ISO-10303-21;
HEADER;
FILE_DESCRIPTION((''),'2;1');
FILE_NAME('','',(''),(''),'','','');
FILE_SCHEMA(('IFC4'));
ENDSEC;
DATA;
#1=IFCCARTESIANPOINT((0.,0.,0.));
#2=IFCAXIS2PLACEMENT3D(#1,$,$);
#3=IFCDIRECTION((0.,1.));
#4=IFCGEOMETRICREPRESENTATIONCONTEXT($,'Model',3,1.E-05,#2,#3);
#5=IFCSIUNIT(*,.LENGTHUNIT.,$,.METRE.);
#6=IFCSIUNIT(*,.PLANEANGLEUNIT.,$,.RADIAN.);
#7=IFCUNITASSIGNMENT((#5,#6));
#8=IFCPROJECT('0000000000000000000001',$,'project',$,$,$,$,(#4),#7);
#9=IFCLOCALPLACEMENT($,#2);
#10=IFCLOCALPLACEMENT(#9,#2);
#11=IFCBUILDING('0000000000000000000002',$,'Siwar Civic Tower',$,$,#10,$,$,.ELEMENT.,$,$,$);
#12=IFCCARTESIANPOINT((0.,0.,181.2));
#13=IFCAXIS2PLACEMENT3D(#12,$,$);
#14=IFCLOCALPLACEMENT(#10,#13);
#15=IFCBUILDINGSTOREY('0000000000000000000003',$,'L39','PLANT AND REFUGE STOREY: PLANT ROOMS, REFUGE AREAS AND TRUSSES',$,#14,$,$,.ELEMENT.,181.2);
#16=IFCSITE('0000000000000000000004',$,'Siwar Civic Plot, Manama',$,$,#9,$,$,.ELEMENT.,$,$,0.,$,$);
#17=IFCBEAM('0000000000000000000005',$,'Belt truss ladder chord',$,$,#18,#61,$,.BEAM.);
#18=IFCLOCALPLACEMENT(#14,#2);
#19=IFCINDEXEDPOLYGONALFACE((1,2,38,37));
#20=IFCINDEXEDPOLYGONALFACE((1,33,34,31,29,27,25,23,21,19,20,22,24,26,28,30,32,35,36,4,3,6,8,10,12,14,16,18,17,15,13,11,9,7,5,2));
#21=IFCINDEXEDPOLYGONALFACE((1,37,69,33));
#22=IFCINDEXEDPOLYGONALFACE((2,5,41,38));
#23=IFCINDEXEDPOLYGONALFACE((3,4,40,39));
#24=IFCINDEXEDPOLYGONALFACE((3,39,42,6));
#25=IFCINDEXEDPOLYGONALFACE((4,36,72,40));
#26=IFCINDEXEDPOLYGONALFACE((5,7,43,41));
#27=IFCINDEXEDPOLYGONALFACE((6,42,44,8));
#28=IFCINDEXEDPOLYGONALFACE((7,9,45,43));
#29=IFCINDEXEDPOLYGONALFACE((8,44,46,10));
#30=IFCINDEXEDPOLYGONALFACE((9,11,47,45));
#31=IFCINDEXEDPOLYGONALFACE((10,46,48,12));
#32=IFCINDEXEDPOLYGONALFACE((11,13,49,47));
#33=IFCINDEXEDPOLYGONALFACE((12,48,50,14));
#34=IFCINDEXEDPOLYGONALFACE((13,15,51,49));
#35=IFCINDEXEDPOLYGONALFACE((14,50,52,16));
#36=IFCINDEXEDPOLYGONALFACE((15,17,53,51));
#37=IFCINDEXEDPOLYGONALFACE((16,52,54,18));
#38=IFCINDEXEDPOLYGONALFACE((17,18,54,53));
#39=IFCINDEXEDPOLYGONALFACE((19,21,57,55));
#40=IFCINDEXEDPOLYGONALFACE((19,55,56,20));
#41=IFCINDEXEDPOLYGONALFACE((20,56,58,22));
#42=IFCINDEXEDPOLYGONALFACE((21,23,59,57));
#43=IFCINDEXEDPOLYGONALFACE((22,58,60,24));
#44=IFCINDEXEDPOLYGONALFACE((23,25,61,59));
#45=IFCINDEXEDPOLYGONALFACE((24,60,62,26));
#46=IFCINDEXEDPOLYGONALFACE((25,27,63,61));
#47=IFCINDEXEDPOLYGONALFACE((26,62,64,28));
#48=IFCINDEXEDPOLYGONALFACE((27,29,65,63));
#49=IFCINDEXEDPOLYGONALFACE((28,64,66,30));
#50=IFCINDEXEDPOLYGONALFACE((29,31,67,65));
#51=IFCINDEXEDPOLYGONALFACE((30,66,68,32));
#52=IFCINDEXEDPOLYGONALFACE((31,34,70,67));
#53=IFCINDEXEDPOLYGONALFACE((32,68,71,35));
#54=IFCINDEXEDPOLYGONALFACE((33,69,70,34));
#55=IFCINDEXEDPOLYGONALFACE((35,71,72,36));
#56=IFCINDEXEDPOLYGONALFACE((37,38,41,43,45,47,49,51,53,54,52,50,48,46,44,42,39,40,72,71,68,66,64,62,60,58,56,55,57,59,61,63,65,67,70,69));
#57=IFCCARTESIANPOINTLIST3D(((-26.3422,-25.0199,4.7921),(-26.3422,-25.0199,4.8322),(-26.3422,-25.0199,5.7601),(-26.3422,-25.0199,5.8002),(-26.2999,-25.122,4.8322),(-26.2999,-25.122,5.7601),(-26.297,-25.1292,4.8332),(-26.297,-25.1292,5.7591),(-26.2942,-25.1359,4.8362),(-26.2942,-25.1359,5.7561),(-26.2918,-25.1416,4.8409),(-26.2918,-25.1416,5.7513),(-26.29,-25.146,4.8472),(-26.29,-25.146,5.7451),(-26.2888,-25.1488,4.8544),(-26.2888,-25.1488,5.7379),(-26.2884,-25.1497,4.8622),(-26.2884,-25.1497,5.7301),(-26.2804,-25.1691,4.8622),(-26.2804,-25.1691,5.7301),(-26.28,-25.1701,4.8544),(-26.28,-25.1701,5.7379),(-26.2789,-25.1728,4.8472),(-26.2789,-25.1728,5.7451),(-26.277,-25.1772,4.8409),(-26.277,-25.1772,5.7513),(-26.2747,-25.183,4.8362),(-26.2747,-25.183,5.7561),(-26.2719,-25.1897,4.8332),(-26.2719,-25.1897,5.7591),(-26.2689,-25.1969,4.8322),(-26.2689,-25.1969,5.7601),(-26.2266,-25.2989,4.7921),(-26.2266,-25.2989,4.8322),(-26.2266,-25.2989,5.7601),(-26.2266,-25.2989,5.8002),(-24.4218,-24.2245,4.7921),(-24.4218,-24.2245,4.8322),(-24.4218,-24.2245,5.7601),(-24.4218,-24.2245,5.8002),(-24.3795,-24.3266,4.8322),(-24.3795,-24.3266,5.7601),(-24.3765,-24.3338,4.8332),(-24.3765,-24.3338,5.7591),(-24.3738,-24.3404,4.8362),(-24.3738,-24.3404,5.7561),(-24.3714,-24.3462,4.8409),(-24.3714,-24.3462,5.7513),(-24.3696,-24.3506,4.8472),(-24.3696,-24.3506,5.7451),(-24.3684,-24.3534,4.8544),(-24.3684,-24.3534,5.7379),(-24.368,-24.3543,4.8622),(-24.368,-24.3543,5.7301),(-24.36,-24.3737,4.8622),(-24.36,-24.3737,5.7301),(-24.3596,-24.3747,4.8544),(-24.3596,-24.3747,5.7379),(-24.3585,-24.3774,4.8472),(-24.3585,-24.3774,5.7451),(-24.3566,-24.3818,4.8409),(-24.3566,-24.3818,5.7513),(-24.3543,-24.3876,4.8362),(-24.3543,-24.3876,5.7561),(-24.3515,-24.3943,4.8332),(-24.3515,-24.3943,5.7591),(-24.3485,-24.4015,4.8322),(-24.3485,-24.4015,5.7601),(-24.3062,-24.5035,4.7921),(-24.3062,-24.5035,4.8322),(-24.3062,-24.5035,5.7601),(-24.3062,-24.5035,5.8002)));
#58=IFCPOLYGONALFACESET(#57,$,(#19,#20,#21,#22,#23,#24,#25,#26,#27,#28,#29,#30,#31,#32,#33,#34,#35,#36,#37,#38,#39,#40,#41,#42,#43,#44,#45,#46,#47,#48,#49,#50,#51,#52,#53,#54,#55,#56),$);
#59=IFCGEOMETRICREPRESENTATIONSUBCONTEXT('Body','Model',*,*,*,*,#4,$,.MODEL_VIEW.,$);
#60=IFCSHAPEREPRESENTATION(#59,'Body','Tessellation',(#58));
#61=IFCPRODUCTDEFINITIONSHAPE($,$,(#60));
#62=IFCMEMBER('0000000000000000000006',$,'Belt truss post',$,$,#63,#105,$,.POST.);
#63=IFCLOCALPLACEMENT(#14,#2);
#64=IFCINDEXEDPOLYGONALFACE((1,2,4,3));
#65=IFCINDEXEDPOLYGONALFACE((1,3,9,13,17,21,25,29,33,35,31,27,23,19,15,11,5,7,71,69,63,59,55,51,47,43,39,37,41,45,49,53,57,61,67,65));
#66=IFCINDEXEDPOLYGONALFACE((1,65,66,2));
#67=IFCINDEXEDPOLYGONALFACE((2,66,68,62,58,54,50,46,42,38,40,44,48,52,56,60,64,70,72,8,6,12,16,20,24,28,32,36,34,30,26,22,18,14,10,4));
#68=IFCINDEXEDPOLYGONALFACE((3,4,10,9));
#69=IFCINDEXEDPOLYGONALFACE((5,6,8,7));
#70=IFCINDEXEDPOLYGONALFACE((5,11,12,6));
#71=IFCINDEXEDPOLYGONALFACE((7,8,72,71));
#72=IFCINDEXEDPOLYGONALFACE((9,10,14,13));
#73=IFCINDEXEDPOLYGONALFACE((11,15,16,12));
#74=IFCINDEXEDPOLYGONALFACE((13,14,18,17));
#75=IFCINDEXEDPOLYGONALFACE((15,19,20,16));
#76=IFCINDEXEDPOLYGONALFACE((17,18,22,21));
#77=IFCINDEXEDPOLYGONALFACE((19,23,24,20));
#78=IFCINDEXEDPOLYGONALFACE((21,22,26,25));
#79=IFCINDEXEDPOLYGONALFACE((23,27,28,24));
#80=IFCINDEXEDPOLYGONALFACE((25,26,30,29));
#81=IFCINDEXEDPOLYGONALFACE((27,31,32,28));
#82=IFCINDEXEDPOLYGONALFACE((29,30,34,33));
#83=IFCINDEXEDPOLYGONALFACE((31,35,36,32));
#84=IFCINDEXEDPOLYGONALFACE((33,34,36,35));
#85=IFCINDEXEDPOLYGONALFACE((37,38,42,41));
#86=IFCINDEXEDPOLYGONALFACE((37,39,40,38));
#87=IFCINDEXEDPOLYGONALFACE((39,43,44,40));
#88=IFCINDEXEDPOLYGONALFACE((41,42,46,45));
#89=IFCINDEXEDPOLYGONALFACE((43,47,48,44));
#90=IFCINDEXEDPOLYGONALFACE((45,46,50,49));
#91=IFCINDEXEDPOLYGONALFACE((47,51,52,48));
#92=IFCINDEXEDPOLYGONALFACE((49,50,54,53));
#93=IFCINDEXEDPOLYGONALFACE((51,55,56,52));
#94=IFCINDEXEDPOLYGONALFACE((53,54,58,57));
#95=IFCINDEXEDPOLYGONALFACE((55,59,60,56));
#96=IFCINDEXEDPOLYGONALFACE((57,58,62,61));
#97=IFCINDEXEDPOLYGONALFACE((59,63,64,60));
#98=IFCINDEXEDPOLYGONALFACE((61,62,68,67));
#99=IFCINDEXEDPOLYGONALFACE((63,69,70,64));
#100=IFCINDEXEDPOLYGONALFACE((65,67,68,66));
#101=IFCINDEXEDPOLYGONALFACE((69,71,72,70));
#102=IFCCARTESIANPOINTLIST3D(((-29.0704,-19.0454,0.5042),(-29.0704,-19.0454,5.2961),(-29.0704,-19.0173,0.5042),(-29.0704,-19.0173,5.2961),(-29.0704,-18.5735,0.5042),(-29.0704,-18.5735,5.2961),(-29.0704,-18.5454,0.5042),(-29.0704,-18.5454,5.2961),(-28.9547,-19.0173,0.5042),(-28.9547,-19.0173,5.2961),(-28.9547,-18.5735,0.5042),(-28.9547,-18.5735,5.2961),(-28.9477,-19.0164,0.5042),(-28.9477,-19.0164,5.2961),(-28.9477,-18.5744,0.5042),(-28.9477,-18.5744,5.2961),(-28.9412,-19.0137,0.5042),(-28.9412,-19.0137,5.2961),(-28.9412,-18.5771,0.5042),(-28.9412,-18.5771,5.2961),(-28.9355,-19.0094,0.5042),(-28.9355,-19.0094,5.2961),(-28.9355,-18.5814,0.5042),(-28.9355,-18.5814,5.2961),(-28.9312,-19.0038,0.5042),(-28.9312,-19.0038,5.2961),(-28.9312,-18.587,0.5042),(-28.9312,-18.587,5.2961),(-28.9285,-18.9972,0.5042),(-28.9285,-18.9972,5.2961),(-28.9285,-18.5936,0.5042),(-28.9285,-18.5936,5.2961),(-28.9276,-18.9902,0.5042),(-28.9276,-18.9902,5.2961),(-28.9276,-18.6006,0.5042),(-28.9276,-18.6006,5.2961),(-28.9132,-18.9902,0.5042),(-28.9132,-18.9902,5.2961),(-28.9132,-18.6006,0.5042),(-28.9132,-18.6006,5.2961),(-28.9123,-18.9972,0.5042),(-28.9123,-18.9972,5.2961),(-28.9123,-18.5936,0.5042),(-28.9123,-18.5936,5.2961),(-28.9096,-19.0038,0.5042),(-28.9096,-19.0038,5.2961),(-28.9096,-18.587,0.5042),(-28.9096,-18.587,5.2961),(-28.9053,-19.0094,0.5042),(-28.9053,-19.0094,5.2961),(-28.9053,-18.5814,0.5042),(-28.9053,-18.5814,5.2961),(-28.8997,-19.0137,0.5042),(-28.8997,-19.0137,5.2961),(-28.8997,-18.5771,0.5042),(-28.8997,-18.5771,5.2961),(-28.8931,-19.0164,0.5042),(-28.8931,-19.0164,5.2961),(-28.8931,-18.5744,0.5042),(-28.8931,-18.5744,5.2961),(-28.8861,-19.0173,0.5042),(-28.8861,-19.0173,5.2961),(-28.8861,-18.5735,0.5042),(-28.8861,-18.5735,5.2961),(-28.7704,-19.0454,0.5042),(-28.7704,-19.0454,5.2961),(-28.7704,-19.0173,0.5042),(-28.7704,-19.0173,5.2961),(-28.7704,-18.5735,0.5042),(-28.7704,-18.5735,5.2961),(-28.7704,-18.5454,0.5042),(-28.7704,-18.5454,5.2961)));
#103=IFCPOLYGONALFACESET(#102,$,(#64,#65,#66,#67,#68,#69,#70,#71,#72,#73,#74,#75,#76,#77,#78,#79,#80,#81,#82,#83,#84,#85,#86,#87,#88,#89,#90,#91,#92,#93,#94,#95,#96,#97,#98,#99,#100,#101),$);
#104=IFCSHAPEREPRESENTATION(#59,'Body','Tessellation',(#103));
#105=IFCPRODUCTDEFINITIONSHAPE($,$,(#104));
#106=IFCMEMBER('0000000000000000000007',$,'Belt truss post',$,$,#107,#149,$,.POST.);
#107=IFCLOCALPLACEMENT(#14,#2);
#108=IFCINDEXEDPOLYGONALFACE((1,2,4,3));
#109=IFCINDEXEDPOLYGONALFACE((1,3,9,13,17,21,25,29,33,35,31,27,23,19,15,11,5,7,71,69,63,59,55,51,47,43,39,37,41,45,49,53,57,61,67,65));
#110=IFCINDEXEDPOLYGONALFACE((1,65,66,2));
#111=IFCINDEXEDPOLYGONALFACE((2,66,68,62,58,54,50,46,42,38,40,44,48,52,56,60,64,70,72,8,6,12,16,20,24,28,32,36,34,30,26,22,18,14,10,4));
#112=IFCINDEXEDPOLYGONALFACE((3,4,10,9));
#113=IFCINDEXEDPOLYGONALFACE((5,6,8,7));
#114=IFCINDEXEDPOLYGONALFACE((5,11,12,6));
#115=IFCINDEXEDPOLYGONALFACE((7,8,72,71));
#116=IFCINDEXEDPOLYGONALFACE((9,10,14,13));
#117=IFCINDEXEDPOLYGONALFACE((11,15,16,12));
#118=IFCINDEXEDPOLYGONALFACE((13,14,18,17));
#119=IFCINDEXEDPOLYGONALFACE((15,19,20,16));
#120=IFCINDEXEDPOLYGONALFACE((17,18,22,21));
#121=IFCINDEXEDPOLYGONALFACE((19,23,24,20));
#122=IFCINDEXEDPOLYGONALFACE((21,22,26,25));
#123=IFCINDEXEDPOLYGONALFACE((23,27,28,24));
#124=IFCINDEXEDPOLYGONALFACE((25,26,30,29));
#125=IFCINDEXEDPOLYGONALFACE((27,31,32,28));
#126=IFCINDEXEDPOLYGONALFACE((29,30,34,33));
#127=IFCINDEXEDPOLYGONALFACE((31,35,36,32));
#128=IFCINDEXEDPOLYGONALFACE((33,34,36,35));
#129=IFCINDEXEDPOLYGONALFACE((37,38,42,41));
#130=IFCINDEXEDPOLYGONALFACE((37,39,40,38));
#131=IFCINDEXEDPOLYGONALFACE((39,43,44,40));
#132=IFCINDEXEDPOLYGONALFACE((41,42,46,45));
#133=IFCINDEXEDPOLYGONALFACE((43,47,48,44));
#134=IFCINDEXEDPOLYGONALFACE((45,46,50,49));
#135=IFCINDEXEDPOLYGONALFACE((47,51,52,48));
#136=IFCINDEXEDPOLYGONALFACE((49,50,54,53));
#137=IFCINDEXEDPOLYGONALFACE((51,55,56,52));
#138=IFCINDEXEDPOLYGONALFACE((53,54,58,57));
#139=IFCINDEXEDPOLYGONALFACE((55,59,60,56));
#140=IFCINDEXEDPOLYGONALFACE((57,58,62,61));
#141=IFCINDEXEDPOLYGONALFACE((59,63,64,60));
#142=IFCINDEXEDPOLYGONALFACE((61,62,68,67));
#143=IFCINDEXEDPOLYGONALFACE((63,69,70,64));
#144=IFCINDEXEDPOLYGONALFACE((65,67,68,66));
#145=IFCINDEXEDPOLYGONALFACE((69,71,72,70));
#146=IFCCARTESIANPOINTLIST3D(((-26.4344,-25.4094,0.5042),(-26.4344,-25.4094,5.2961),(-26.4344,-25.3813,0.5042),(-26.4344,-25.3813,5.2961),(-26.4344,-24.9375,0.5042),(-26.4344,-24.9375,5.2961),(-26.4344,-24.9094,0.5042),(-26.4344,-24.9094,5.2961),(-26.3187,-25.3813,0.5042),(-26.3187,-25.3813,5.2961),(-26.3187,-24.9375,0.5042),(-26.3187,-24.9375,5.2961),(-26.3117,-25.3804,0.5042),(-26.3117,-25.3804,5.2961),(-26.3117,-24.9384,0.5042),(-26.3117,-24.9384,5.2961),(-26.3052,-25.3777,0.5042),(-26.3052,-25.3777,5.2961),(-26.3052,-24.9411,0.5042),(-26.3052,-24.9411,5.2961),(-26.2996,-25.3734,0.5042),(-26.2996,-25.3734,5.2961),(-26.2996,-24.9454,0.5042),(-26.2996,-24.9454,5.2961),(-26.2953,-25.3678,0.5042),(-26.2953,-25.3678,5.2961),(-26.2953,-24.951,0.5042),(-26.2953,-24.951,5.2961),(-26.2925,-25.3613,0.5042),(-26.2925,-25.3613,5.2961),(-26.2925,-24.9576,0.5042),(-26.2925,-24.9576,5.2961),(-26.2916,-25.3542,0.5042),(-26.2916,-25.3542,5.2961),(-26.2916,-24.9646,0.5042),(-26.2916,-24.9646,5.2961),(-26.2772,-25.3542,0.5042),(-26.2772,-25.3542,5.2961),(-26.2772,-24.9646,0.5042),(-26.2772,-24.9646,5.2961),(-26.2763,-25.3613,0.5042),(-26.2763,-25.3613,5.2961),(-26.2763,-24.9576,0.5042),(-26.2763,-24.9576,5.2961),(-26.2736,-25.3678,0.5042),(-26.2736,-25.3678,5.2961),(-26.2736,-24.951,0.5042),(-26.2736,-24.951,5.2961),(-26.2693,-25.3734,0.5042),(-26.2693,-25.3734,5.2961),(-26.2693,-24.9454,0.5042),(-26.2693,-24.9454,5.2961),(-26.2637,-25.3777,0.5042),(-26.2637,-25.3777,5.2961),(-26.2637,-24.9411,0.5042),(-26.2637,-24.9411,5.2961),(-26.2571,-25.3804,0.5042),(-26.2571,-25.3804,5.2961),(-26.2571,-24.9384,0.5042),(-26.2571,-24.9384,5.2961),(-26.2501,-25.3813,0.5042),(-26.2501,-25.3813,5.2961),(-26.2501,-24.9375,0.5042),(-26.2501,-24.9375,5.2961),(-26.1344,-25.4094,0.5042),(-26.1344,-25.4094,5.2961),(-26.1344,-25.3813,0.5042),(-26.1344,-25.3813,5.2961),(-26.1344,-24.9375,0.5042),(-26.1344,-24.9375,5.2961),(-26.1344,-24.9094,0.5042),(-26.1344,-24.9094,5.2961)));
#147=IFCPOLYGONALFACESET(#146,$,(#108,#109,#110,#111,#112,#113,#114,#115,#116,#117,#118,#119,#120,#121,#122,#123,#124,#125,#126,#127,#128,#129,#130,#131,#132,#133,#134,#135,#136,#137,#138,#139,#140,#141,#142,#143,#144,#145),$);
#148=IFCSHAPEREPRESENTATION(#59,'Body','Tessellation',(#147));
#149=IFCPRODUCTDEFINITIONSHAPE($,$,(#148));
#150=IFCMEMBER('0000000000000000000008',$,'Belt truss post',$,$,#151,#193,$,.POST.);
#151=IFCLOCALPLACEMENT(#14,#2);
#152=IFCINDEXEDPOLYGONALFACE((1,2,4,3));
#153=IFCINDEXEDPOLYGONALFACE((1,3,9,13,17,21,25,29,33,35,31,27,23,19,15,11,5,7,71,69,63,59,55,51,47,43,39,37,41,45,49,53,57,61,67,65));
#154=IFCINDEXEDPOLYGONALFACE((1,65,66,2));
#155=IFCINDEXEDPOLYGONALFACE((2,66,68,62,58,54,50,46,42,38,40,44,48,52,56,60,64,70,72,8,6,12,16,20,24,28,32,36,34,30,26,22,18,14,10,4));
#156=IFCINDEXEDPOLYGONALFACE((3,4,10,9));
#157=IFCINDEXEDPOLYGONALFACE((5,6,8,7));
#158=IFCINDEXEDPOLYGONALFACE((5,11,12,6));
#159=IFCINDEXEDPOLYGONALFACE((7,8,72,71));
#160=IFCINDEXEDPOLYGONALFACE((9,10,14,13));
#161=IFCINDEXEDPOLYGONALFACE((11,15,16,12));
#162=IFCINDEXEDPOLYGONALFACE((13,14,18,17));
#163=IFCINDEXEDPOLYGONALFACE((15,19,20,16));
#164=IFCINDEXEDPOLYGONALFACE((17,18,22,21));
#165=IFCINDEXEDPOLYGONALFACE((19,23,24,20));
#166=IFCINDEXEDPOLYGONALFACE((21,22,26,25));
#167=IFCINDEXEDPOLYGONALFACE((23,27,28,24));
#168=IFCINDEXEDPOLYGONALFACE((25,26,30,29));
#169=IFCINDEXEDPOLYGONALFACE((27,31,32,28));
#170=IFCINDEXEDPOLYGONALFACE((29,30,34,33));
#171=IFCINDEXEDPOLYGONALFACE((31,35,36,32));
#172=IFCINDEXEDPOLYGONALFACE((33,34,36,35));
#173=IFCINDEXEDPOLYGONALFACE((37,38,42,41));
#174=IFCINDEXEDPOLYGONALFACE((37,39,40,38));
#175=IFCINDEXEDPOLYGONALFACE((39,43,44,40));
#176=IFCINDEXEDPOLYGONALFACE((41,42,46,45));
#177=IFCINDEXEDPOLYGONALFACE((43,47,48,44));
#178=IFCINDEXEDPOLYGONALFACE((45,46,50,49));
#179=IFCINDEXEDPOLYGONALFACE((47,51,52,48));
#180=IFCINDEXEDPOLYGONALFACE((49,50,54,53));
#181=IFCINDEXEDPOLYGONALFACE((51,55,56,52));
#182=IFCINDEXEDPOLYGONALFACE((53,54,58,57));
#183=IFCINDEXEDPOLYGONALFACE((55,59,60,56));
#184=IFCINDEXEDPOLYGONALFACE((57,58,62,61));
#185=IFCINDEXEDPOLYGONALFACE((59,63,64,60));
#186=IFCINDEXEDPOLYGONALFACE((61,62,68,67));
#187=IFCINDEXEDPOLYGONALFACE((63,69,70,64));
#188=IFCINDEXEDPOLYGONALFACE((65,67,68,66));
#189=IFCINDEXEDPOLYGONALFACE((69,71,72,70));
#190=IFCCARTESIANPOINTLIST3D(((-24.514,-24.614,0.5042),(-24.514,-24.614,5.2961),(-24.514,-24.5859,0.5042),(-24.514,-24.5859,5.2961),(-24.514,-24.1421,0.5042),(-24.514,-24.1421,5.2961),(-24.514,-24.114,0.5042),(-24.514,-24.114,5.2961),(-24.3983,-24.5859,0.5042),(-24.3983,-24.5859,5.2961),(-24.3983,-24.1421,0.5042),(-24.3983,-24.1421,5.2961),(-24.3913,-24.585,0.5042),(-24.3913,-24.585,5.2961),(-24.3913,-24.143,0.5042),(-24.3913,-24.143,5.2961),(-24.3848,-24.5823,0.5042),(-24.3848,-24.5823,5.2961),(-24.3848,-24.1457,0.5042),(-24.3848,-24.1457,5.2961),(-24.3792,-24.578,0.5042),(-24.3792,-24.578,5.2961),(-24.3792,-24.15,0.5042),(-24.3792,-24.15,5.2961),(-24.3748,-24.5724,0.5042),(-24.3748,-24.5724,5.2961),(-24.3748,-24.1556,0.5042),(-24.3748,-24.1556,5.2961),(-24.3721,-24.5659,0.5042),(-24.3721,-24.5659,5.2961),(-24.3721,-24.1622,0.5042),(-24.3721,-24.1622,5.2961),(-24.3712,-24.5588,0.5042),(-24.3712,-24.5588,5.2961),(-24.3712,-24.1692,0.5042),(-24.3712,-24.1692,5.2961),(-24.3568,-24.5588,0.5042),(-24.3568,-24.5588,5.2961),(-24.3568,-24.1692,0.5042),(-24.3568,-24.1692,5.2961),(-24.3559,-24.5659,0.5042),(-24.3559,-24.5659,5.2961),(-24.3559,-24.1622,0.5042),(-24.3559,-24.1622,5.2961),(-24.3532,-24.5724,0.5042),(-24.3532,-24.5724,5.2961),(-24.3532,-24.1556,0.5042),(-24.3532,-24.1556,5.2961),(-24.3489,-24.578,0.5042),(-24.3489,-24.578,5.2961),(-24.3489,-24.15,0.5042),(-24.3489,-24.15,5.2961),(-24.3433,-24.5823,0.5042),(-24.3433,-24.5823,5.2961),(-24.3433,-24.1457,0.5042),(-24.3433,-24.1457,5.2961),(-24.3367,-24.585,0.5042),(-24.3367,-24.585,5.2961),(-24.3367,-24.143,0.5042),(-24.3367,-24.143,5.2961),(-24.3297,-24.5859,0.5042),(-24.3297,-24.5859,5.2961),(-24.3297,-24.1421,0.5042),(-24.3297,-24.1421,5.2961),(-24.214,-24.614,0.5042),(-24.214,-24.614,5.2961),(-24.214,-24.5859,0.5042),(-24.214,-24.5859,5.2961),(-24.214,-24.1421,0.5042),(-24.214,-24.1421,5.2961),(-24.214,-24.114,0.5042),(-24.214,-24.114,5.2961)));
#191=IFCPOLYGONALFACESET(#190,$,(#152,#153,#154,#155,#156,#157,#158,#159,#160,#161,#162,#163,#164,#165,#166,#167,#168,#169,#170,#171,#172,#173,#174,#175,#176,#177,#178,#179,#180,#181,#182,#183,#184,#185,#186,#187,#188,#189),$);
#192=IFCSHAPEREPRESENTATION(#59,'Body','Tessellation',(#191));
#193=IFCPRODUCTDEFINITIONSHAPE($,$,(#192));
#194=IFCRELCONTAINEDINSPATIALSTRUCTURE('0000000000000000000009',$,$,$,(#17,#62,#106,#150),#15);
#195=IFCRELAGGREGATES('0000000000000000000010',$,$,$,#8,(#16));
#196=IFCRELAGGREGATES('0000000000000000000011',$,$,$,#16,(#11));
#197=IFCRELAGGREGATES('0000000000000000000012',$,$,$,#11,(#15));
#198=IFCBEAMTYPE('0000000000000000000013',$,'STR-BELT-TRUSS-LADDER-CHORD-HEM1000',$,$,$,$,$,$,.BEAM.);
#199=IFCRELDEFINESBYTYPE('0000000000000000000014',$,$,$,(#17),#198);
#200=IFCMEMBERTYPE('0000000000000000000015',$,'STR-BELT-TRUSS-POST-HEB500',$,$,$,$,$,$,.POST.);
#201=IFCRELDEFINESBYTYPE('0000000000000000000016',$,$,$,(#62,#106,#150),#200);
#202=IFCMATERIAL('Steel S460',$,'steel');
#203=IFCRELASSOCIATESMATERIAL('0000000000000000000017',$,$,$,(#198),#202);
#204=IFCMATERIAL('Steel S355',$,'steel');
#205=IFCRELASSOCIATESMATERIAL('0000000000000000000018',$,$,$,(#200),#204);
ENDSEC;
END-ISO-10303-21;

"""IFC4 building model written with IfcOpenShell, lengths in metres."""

from ifc_helpers import new_model, si_unit, direction, frame, origin, origin_2d, place, context, subcontext, project, spatial, i_section, extrude, material, material_profile, profile_set, type_object, element, save


model = new_model("IFC4")

# Units and contexts
model_context = context("Model", 3, precision=1e-05, world=origin(), true_north=direction((0.0, 1.0)))
body_context = subcontext(model_context, "Body", "Model", "MODEL_VIEW")
ifc_project = project(units=[si_unit("LENGTHUNIT", "METRE"), si_unit("PLANEANGLEUNIT", "RADIAN")], contexts=[model_context])

# Site, building, storey
site_placement = place(None, origin())
site = spatial("IfcSite", under=ifc_project, at=site_placement, Name="Siwar Civic Plot, Manama", CompositionType="ELEMENT", RefElevation=0.0)
building_placement = place(site_placement, origin())
building = spatial("IfcBuilding", under=site, at=building_placement, Name="Siwar Civic Tower", CompositionType="ELEMENT")
storey_placement = place(building_placement, frame((0.0, 0.0, 181.2)))
storey = spatial("IfcBuildingStorey", under=building, at=storey_placement, Name="L39", Description="PLANT AND REFUGE STOREY: PLANT ROOMS, REFUGE AREAS AND TRUSSES", CompositionType="ELEMENT", Elevation=181.2)

# Beam
ifc_material_1 = material(Name="Steel S460", Category="steel")
ifc_material_profile_1 = material_profile(ifc_material_1, i_section(OverallWidth=0.302, OverallDepth=1.0081, WebThickness=0.021, FlangeThickness=0.04, FilletRadius=0.03, at=origin_2d()), Name="HEM1000")
ifc_profile_set_1 = profile_set([ifc_material_profile_1], Name="Steel S460")
beam_type_1 = type_object("IfcBeamType", Name="STR-BELT-TRUSS-LADDER-CHORD-HEM1000", PredefinedType="BEAM", material=ifc_profile_set_1)
for number, where, z_axis, x_axis, name in (
    (1, (-24.364, -24.364, 5.2961), (-0.923888, -0.382663, 0.0), (0.382663, -0.923888, 0.0), "Belt truss ladder chord"),
):
    element("IfcBeam", number, at=place(storey_placement, frame(where, z_axis=z_axis, x_axis=x_axis)), inside=storey, type_object=beam_type_1, Name=name, PredefinedType="BEAM", context=body_context, shape_type="SweptSolid", body=[
        extrude(i_section(OverallWidth=0.302, OverallDepth=1.0081, WebThickness=0.021, FlangeThickness=0.04, FilletRadius=0.03, at=origin_2d()), origin(), (0.0, 0.0, 1.0), 2.0786),
    ])

# Members
ifc_material_2 = material(Name="Steel S355", Category="steel")
ifc_material_profile_2 = material_profile(ifc_material_2, i_section(OverallWidth=0.3, OverallDepth=0.5, WebThickness=0.0144, FlangeThickness=0.0281, FilletRadius=0.0271, at=origin_2d()), Name="HEB500")
ifc_profile_set_2 = profile_set([ifc_material_profile_2], Name="Steel S355")
member_type_1 = type_object("IfcMemberType", Name="STR-BELT-TRUSS-POST-HEB500", PredefinedType="POST", material=ifc_profile_set_2)
for number, where, z_axis, x_axis, name in (
    (2, (-28.9204, -18.7954, 0.5042), (0.0, 0.0, 1.0), (1.0, 0.0, 0.0), "Belt truss post"),
    (3, (-26.2844, -25.1594, 0.5042), (0.0, 0.0, 1.0), (1.0, 0.0, 0.0), "Belt truss post"),
    (4, (-24.364, -24.364, 0.5042), (0.0, 0.0, 1.0), (1.0, 0.0, 0.0), "Belt truss post"),
):
    element("IfcMember", number, at=place(storey_placement, frame(where, z_axis=z_axis, x_axis=x_axis)), inside=storey, type_object=member_type_1, Name=name, PredefinedType="POST", context=body_context, shape_type="SweptSolid", body=[
        extrude(i_section(OverallWidth=0.3, OverallDepth=0.5, WebThickness=0.0144, FlangeThickness=0.0281, FilletRadius=0.0271, at=origin_2d()), origin(), (0.0, 0.0, 1.0), 4.792),
    ])

save(model, "model.ifc")
